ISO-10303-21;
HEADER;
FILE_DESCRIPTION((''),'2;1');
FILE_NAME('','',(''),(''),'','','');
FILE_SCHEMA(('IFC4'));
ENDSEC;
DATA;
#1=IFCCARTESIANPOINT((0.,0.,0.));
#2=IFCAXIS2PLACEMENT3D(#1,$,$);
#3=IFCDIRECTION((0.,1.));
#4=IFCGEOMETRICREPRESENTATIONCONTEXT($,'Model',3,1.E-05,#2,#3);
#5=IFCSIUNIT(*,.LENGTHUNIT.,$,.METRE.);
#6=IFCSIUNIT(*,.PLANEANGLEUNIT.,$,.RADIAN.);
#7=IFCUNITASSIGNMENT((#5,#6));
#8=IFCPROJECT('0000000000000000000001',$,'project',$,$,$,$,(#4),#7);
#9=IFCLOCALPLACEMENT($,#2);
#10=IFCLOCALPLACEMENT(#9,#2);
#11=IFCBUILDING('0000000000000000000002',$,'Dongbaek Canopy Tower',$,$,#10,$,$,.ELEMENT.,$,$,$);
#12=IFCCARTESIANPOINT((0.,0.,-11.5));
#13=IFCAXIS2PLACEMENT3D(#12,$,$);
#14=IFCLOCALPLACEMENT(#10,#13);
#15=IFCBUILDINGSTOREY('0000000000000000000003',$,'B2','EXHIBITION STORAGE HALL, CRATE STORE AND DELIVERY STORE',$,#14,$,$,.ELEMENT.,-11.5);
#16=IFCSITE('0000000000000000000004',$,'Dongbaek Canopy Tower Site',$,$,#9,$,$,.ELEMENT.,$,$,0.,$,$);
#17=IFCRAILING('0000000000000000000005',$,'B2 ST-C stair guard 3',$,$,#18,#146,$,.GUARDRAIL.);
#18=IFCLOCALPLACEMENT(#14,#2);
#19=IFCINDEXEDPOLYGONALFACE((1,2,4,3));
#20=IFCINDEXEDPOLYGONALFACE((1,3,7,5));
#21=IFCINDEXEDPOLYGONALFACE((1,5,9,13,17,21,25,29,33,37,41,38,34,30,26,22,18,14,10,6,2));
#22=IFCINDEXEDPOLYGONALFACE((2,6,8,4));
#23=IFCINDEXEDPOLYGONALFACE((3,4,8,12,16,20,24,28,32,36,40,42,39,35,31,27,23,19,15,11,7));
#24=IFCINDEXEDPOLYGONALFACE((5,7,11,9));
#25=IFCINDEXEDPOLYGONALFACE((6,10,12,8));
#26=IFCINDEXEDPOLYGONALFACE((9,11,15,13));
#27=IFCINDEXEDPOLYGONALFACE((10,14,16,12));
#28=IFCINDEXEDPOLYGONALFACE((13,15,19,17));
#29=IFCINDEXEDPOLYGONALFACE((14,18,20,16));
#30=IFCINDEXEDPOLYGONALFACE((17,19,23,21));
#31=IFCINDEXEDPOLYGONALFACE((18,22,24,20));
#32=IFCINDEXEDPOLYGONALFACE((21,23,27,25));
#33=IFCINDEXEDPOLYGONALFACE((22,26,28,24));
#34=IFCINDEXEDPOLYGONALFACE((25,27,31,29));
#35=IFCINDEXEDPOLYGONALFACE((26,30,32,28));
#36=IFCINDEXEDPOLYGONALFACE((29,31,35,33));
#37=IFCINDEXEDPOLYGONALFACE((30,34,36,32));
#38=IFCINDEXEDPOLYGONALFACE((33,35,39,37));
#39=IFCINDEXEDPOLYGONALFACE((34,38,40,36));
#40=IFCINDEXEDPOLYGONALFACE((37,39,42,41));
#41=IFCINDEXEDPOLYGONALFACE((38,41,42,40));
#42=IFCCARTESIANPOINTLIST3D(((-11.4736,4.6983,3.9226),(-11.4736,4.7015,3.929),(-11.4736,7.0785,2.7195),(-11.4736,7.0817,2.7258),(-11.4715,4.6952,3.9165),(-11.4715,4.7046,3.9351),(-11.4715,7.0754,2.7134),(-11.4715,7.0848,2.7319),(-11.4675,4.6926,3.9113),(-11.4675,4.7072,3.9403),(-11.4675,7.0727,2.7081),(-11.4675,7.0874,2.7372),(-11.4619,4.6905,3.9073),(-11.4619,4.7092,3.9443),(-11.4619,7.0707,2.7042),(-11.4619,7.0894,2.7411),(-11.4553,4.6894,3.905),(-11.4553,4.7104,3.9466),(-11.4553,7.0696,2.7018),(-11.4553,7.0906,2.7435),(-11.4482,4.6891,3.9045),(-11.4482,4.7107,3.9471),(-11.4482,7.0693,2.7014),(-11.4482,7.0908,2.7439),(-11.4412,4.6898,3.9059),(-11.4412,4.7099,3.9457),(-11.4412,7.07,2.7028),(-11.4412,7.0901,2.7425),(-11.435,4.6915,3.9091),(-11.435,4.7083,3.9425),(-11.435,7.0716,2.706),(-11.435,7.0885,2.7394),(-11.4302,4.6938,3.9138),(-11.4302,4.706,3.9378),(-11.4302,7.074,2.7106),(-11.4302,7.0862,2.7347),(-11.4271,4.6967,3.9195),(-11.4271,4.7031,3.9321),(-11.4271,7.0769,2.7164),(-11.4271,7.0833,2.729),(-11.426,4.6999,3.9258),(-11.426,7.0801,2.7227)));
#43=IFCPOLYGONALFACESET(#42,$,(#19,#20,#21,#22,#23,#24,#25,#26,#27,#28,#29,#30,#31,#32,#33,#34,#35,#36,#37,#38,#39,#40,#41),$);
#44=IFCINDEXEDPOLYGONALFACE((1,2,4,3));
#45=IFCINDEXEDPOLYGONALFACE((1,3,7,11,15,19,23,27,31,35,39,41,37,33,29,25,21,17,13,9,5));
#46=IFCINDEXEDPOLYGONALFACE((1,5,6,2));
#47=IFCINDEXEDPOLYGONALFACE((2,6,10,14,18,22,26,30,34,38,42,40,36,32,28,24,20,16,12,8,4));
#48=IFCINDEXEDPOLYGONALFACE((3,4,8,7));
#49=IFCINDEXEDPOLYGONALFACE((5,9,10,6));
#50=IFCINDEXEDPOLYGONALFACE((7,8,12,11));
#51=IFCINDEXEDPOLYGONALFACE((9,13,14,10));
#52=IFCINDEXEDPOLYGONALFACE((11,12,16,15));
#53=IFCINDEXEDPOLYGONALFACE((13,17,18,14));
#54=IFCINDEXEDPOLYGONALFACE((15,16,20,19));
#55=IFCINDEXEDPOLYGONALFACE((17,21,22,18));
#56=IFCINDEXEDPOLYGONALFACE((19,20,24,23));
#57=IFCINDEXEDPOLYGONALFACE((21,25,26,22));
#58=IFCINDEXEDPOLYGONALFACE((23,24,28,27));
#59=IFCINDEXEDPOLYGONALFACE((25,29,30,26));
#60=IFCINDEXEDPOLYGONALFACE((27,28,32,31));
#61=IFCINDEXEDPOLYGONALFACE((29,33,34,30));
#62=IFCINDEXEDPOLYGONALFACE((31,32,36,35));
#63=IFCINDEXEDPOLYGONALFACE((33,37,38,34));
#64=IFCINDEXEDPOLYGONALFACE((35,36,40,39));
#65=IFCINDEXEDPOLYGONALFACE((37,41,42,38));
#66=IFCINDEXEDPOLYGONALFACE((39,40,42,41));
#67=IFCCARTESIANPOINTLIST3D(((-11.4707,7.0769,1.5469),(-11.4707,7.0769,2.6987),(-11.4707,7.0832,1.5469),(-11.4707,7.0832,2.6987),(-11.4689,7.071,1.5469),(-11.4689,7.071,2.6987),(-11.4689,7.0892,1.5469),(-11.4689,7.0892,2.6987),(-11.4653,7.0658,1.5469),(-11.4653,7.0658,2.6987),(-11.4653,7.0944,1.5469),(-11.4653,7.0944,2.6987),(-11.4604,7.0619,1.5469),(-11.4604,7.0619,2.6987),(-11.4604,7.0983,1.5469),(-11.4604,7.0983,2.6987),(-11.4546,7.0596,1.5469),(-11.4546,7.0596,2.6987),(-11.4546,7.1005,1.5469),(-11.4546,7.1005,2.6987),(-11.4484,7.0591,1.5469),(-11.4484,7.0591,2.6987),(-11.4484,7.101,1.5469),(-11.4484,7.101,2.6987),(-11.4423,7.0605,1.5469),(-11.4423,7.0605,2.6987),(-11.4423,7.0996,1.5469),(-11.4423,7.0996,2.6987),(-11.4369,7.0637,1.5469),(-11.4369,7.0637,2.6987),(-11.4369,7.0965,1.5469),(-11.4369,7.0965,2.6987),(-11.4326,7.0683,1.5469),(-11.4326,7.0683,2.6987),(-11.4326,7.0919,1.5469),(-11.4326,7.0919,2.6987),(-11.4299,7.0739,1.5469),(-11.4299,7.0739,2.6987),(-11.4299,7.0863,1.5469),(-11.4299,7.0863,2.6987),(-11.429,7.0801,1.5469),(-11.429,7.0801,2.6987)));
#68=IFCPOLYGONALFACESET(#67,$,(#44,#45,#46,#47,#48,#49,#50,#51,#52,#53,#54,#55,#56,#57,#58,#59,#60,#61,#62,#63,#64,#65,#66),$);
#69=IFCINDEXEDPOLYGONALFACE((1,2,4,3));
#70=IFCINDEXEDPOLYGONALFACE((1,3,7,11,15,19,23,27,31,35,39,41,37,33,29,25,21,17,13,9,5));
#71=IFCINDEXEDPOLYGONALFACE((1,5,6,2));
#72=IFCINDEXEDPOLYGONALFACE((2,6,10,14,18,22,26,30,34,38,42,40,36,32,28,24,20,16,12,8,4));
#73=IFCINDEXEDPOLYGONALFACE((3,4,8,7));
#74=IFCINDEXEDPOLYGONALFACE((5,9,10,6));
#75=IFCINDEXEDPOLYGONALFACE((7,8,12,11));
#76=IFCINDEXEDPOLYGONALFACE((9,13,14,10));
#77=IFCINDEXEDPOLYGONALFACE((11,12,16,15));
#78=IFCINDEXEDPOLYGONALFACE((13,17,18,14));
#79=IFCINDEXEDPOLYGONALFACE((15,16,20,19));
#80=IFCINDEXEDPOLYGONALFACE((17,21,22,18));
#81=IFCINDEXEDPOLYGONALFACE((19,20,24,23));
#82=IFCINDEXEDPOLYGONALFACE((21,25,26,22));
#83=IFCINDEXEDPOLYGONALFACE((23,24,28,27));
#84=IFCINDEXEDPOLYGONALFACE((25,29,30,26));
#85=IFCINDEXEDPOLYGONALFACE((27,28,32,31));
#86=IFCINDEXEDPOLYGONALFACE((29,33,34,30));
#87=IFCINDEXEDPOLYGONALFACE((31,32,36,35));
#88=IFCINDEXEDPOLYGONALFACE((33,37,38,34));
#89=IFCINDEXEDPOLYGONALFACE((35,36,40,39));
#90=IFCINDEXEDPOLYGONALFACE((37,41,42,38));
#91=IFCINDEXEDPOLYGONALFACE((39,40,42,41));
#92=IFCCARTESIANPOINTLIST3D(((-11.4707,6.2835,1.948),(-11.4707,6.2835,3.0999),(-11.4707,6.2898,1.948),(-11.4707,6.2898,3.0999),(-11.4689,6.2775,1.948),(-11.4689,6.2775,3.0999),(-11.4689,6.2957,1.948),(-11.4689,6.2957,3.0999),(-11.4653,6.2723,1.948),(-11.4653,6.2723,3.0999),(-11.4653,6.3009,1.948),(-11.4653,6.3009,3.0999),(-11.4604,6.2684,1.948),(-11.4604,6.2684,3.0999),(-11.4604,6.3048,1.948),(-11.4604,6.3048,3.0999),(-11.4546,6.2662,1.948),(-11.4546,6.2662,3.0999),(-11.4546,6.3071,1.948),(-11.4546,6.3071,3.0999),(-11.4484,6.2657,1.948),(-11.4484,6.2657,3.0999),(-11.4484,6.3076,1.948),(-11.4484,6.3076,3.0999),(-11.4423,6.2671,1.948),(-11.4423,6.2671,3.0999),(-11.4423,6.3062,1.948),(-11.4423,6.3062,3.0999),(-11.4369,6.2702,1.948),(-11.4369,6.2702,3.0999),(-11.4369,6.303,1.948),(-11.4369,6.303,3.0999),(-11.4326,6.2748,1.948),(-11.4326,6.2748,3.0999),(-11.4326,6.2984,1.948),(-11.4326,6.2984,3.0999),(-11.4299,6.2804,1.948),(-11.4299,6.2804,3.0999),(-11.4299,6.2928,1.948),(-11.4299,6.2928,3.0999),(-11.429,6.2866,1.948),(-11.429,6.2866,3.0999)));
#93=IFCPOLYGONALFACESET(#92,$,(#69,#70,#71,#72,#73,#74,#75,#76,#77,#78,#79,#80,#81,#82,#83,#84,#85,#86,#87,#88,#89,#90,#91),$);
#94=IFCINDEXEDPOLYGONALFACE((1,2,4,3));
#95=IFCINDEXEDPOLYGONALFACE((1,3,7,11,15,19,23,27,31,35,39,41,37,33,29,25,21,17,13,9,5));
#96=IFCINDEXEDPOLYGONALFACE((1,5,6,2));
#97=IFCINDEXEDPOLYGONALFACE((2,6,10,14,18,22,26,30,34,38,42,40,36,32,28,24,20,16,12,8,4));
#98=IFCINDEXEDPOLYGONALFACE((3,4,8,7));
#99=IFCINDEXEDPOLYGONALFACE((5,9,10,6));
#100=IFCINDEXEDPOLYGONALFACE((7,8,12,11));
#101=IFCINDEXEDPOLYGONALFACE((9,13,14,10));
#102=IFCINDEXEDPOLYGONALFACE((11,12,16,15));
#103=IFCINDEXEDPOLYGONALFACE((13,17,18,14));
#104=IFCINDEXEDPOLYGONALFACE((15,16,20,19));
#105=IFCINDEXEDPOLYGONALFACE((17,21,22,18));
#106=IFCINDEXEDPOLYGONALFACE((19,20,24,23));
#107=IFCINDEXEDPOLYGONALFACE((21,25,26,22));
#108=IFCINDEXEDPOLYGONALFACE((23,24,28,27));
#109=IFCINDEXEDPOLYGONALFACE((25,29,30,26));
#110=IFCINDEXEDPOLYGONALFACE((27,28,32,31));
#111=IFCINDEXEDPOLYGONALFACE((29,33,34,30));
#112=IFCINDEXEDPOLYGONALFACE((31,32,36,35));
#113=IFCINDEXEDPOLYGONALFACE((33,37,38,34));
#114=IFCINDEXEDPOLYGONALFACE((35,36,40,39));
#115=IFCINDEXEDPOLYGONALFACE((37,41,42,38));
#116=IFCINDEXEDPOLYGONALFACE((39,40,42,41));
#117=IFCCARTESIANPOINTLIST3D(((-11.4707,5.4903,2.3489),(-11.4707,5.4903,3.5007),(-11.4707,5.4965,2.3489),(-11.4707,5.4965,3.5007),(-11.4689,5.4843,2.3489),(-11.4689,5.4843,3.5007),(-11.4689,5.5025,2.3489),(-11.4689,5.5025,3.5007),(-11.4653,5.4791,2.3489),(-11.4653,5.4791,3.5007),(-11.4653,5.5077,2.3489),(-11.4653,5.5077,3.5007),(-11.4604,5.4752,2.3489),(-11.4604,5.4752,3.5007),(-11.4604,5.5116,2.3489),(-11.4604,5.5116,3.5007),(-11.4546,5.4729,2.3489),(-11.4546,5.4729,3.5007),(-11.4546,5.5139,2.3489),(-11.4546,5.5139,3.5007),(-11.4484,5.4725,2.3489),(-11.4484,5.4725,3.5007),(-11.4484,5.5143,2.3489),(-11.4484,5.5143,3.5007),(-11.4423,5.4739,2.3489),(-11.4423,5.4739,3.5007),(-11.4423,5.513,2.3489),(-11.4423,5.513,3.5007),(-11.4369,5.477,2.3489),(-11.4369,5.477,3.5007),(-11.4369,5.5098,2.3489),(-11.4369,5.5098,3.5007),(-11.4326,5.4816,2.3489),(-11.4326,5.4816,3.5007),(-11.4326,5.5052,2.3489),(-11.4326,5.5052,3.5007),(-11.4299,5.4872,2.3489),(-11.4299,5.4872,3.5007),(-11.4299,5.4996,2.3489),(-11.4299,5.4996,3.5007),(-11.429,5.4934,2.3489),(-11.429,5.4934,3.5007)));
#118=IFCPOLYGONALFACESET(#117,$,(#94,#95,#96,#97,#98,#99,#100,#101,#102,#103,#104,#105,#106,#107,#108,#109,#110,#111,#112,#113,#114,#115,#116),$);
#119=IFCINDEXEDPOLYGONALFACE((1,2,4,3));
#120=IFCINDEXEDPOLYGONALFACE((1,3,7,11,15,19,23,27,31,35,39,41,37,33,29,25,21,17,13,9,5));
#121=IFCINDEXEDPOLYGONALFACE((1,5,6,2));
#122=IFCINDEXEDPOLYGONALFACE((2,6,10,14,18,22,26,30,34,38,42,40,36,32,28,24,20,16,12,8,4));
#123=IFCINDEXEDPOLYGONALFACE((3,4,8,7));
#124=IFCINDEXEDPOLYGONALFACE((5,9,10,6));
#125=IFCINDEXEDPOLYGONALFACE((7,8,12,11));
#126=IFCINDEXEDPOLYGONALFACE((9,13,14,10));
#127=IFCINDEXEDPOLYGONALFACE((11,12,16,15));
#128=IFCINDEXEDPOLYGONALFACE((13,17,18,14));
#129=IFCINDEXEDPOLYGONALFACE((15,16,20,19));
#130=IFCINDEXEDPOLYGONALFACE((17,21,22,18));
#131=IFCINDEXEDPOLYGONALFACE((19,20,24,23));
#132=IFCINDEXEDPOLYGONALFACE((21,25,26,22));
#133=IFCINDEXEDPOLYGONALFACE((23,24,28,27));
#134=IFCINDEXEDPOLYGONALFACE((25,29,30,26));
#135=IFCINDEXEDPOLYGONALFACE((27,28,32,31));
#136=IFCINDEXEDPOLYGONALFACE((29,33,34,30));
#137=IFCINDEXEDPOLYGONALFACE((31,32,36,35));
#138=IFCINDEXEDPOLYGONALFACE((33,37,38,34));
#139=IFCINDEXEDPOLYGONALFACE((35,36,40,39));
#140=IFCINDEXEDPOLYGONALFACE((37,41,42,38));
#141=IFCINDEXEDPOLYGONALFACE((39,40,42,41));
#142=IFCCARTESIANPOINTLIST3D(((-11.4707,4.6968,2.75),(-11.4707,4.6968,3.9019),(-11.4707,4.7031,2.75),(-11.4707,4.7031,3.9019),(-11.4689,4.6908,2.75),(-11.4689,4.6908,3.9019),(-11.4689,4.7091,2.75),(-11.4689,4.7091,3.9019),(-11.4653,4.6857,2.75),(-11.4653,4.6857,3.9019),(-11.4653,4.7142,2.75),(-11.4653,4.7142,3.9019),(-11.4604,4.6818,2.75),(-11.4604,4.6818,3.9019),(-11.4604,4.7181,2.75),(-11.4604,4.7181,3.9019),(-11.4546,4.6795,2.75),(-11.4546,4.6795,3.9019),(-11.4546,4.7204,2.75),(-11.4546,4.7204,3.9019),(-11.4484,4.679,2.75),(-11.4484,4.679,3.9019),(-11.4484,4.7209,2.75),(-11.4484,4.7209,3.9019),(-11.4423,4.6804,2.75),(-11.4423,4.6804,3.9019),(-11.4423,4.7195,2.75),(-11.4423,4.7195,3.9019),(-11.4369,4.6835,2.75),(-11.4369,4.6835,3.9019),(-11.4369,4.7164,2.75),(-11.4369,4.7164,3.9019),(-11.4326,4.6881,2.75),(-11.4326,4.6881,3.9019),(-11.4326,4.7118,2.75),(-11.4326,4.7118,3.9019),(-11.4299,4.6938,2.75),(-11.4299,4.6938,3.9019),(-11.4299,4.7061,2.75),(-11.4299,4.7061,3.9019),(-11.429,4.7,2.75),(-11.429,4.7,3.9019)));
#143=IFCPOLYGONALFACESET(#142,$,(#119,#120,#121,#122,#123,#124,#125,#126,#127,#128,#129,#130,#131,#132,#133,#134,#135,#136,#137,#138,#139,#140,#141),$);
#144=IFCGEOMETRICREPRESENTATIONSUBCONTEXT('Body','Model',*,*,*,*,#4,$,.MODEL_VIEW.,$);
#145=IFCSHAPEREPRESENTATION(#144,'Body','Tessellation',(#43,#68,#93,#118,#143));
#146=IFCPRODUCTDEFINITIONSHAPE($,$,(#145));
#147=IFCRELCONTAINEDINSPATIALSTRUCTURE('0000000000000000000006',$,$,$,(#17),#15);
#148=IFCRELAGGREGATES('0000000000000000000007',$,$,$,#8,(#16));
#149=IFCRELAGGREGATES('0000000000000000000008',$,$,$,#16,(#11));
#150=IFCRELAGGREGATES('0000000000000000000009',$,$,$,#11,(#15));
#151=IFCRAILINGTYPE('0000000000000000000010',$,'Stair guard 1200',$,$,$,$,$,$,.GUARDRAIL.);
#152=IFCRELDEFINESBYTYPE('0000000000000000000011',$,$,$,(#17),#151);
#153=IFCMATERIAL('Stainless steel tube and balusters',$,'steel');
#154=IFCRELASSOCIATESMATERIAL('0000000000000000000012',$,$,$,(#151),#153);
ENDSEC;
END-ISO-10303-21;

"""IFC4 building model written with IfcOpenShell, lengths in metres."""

from ifc_helpers import new_model, si_unit, direction, frame, origin, origin_2d, place, context, subcontext, project, spatial, circle, extrude, material, type_object, element, save


model = new_model("IFC4")

# Units and contexts
model_context = context("Model", 3, precision=1e-05, world=origin(), true_north=direction((0.0, 1.0)))
body_context = subcontext(model_context, "Body", "Model", "MODEL_VIEW")
ifc_project = project(units=[si_unit("LENGTHUNIT", "METRE"), si_unit("PLANEANGLEUNIT", "RADIAN")], contexts=[model_context])

# Site, building, storey
site_placement = place(None, origin())
site = spatial("IfcSite", under=ifc_project, at=site_placement, Name="Dongbaek Canopy Tower Site", CompositionType="ELEMENT", RefElevation=0.0)
building_placement = place(site_placement, origin())
building = spatial("IfcBuilding", under=site, at=building_placement, Name="Dongbaek Canopy Tower", CompositionType="ELEMENT")
storey_placement = place(building_placement, frame((0.0, 0.0, -11.5)))
storey = spatial("IfcBuildingStorey", under=building, at=storey_placement, Name="B2", Description="EXHIBITION STORAGE HALL, CRATE STORE AND DELIVERY STORE", CompositionType="ELEMENT", Elevation=-11.5)

# Railing
ifc_material_1 = material(Name="Stainless steel tube and balusters", Category="steel")
railing_type = type_object("IfcRailingType", Name="Stair guard 1200", PredefinedType="GUARDRAIL", material=ifc_material_1)
railing_1_placement = place(storey_placement, frame((-11.45, 7.0801, 1.5469)))
element("IfcRailing", 1, at=railing_1_placement, inside=storey, type_object=railing_type, Name="B2 ST-C stair guard 3", PredefinedType="GUARDRAIL", context=body_context, shape_type="SweptSolid", body=[
    extrude(circle(Radius=0.0239, at=origin_2d()), frame((0.0, 0.0, 1.1758), z_axis=(0.0, -0.89246, 0.451127), x_axis=(1.0, 0.0, 0.0)), (0.0, 0.0, 1.0), 2.667),
    extrude(circle(Radius=0.021, at=origin_2d()), origin(), (0.0, 0.0, 1.0), 1.1519),
    extrude(circle(Radius=0.021, at=origin_2d()), frame((0.0, -0.7935, 0.4011)), (0.0, 0.0, 1.0), 1.1519),
    extrude(circle(Radius=0.021, at=origin_2d()), frame((0.0, -1.5867, 0.802)), (0.0, 0.0, 1.0), 1.1519),
    extrude(circle(Radius=0.021, at=origin_2d()), frame((0.0, -2.3801, 1.2031)), (0.0, 0.0, 1.0), 1.1519),
])

save(model, "model.ifc")
